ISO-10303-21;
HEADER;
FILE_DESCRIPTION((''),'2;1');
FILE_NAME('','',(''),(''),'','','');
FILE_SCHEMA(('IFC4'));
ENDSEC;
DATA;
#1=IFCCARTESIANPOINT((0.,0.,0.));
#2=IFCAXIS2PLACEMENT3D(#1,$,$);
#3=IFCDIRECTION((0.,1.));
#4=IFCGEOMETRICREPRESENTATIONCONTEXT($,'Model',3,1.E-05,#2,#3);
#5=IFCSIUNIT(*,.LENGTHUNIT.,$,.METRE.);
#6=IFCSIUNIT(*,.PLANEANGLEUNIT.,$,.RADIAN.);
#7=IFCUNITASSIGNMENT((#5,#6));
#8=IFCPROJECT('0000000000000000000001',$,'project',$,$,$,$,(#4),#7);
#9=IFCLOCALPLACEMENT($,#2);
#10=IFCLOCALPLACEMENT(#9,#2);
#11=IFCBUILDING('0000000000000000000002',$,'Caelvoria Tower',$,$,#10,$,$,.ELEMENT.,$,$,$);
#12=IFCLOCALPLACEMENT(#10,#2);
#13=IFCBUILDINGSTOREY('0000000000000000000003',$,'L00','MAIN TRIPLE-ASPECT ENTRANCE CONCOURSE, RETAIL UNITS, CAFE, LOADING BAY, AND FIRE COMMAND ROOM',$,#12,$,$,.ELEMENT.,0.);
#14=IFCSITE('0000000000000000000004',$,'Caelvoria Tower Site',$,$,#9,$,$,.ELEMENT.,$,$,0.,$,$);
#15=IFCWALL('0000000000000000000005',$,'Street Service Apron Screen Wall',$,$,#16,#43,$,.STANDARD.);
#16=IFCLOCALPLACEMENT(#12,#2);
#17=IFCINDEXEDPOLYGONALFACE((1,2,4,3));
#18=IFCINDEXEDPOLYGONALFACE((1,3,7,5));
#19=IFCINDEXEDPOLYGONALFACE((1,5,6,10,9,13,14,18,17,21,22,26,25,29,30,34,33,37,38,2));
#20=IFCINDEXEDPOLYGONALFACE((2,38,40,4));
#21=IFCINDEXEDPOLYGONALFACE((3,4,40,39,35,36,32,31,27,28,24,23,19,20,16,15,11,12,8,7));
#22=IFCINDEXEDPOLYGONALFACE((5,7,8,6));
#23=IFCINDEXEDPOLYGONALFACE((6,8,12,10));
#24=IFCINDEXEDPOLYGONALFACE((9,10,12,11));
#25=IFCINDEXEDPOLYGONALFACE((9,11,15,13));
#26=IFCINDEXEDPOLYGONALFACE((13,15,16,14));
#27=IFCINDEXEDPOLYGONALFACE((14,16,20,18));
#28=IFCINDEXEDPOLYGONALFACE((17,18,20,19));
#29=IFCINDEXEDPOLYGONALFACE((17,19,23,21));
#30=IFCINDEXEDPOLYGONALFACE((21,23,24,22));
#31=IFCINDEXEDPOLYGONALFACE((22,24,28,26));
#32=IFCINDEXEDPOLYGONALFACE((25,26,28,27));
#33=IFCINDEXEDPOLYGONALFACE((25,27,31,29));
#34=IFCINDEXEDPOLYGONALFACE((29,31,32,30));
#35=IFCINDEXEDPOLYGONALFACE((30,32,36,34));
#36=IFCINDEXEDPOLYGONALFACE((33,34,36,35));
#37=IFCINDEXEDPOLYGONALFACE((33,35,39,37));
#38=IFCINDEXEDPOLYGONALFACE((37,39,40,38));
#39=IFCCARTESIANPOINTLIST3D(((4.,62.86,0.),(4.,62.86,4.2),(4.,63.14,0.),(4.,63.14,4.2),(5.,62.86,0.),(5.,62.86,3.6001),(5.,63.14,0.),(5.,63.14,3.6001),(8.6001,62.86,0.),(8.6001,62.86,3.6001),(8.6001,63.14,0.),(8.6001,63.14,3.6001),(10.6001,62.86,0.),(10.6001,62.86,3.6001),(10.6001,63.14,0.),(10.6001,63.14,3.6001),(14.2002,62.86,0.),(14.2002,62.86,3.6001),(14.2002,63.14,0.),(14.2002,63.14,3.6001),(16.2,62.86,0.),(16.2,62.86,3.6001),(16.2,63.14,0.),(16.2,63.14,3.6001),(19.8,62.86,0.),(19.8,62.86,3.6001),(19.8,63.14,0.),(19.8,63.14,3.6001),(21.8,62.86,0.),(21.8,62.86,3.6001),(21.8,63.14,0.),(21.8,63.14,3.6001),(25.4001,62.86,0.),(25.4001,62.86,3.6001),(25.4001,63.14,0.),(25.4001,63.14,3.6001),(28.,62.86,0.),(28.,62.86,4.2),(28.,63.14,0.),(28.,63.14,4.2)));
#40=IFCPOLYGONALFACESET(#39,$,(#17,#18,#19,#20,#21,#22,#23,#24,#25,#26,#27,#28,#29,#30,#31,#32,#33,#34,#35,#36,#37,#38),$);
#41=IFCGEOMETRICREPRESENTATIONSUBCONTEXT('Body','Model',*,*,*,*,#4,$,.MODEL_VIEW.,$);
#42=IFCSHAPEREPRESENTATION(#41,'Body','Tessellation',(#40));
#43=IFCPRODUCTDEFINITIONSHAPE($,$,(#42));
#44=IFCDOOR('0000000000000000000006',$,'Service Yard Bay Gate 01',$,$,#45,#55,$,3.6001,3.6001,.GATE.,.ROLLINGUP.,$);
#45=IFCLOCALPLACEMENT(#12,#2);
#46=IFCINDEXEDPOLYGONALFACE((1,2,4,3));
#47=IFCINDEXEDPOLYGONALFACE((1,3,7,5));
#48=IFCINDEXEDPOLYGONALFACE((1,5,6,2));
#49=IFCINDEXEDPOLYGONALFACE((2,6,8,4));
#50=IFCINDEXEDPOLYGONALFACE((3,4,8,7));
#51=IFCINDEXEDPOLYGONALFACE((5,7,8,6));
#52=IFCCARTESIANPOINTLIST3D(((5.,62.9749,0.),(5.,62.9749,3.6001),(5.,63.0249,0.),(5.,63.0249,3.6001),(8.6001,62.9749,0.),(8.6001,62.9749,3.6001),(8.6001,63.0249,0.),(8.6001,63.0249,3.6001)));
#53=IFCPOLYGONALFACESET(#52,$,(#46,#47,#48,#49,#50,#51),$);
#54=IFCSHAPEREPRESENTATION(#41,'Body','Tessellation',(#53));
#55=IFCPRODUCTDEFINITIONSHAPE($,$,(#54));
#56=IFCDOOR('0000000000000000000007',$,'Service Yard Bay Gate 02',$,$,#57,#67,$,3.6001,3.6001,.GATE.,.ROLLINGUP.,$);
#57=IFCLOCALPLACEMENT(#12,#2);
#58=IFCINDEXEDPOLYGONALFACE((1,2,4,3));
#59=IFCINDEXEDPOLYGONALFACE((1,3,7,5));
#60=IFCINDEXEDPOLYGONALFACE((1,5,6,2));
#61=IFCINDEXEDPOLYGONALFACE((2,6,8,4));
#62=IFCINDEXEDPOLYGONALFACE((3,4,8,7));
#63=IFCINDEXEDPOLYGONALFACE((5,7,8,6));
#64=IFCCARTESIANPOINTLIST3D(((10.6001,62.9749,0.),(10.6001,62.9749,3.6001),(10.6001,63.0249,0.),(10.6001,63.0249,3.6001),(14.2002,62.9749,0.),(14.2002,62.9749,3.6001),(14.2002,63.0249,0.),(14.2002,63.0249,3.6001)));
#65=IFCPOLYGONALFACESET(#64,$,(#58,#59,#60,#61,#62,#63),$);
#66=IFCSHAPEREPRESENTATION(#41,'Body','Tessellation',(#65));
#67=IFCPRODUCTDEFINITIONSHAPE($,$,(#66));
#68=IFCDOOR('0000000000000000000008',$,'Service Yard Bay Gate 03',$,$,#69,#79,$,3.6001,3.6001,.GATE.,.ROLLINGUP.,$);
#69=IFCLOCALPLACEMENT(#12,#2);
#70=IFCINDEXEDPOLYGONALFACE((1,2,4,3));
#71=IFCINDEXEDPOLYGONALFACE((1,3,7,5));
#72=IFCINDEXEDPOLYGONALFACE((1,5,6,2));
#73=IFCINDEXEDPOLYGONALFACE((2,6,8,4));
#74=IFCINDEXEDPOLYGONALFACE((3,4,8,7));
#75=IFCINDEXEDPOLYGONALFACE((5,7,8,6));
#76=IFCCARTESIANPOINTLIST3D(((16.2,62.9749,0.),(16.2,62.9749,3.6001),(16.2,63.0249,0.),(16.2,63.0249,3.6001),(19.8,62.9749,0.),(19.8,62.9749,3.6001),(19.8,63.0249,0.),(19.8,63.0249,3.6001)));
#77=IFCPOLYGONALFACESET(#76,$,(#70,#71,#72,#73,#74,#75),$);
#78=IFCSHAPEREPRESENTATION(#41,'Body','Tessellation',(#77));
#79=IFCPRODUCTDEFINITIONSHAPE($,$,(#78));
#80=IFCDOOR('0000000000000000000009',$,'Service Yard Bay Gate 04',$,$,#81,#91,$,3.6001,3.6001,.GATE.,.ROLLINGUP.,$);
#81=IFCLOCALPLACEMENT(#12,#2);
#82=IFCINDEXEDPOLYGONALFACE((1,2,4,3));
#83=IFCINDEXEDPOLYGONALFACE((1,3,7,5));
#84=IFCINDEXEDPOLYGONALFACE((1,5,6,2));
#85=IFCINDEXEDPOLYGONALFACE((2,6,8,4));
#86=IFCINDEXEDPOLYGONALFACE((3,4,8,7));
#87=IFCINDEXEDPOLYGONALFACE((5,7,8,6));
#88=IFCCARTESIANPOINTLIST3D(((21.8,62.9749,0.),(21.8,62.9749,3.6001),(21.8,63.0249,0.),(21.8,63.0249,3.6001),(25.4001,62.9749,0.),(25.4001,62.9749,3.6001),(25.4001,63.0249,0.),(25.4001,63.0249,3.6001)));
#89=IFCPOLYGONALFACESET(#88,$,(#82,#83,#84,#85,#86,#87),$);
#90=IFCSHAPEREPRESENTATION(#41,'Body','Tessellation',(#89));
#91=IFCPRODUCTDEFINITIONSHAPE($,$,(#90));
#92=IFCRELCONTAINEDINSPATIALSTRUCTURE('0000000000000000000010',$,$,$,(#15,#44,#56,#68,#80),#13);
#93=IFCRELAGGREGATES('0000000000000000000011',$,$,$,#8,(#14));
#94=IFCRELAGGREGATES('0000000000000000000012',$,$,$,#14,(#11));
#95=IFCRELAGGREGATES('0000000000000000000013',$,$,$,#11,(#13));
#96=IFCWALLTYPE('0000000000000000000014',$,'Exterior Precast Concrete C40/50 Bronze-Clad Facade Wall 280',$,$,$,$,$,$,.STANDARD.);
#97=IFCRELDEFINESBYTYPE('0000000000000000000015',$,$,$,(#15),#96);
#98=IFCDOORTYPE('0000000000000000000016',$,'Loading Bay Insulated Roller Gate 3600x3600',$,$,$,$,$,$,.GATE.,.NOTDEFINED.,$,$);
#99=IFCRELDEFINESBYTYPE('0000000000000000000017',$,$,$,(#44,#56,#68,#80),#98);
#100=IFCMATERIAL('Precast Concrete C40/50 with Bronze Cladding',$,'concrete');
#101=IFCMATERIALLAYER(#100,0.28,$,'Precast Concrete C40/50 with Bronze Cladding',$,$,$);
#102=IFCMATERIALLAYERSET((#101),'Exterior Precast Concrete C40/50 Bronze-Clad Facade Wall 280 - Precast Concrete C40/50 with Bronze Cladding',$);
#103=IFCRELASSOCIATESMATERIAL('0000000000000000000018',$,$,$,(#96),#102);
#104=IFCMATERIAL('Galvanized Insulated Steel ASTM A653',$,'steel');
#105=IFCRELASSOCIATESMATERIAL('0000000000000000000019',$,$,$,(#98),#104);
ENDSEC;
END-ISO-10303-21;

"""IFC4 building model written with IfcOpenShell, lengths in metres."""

from ifc_helpers import new_model, si_unit, direction, frame, frame_2d, origin, place, context, subcontext, project, spatial, rectangle, extrude, material, layer, layer_set, type_object, element, fill, save


model = new_model("IFC4")

# Units and contexts
model_context = context("Model", 3, precision=1e-05, world=origin(), true_north=direction((0.0, 1.0)))
body_context = subcontext(model_context, "Body", "Model", "MODEL_VIEW")
ifc_project = project(units=[si_unit("LENGTHUNIT", "METRE"), si_unit("PLANEANGLEUNIT", "RADIAN")], contexts=[model_context])

# Site, building, storey
site_placement = place(None, origin())
site = spatial("IfcSite", under=ifc_project, at=site_placement, Name="Caelvoria Tower Site", CompositionType="ELEMENT", RefElevation=0.0)
building_placement = place(site_placement, origin())
building = spatial("IfcBuilding", under=site, at=building_placement, Name="Caelvoria Tower", CompositionType="ELEMENT")
storey_placement = place(building_placement, origin())
storey = spatial("IfcBuildingStorey", under=building, at=storey_placement, Name="L00", Description="MAIN TRIPLE-ASPECT ENTRANCE CONCOURSE, RETAIL UNITS, CAFE, LOADING BAY, AND FIRE COMMAND ROOM", CompositionType="ELEMENT", Elevation=0.0)

# Wall, openings, doors
ifc_material_1 = material(Name="Precast Concrete C40/50 with Bronze Cladding", Category="concrete")
ifc_layer_1 = layer(ifc_material_1, 0.28, Name="Precast Concrete C40/50 with Bronze Cladding")
ifc_layer_set_1 = layer_set([ifc_layer_1], Name="Exterior Precast Concrete C40/50 Bronze-Clad Facade Wall 280 - Precast Concrete C40/50 with Bronze Cladding")
wall_type = type_object("IfcWallType", Name="Exterior Precast Concrete C40/50 Bronze-Clad Facade Wall 280", PredefinedType="STANDARD", material=ifc_layer_set_1)
wall_placement = place(storey_placement, frame((4.0, 63.0, 0.0), z_axis=(0.0, 0.0, 1.0), x_axis=(1.0, 0.0, 0.0)))
wall = element("IfcWall", 1, at=wall_placement, inside=storey, type_object=wall_type, Name="Street Service Apron Screen Wall", PredefinedType="STANDARD", context=body_context, shape_type="SweptSolid", body=[
    extrude(rectangle(XDim=24.0, YDim=0.28, at=frame_2d((12.0, 0.0))), origin(), (0.0, 0.0, 1.0), 4.2),
])
opening_1_placement = place(wall_placement, frame((1.0, 0.0, 0.0)))
opening_1 = element("IfcOpeningElement", 2, at=opening_1_placement, cuts=wall, PredefinedType="OPENING", context=body_context, shape_type="SweptSolid", body=[
    extrude(rectangle(XDim=3.6001, YDim=3.6001, at=frame_2d((1.8, 1.8))), frame((0.0, 0.1499, 0.0), z_axis=(0.0, -1.0, 0.0), x_axis=(1.0, 0.0, 0.0)), (0.0, 0.0, 1.0), 0.3),
])
opening_2_placement = place(wall_placement, frame((6.6001, 0.0, 0.0)))
opening_2 = element("IfcOpeningElement", 3, at=opening_2_placement, cuts=wall, PredefinedType="OPENING", context=body_context, shape_type="SweptSolid", body=[
    extrude(rectangle(XDim=3.6001, YDim=3.6001, at=frame_2d((1.8, 1.8))), frame((0.0, 0.1499, 0.0), z_axis=(0.0, -1.0, 0.0), x_axis=(1.0, 0.0, 0.0)), (0.0, 0.0, 1.0), 0.3),
])
opening_3_placement = place(wall_placement, frame((12.2, 0.0, 0.0)))
opening_3 = element("IfcOpeningElement", 4, at=opening_3_placement, cuts=wall, PredefinedType="OPENING", context=body_context, shape_type="SweptSolid", body=[
    extrude(rectangle(XDim=3.6001, YDim=3.6001, at=frame_2d((1.8, 1.8))), frame((0.0, 0.1499, 0.0), z_axis=(0.0, -1.0, 0.0), x_axis=(1.0, 0.0, 0.0)), (0.0, 0.0, 1.0), 0.3),
])
opening_4_placement = place(wall_placement, frame((17.8, 0.0, 0.0)))
opening_4 = element("IfcOpeningElement", 5, at=opening_4_placement, cuts=wall, PredefinedType="OPENING", context=body_context, shape_type="SweptSolid", body=[
    extrude(rectangle(XDim=3.6001, YDim=3.6001, at=frame_2d((1.8, 1.8))), frame((0.0, 0.1499, 0.0), z_axis=(0.0, -1.0, 0.0), x_axis=(1.0, 0.0, 0.0)), (0.0, 0.0, 1.0), 0.3),
])
ifc_material_2 = material(Name="Galvanized Insulated Steel ASTM A653", Category="steel")
door_type = type_object("IfcDoorType", Name="Loading Bay Insulated Roller Gate 3600x3600", OperationType="NOTDEFINED", PredefinedType="GATE", material=ifc_material_2)
door_1_placement = place(opening_1_placement, origin())
door_1 = element("IfcDoor", 6, at=door_1_placement, inside=storey, type_object=door_type, Name="Service Yard Bay Gate 01", OperationType="ROLLINGUP", OverallHeight=3.6001, OverallWidth=3.6001, PredefinedType="GATE", context=body_context, shape_type="SweptSolid", body=[
    extrude(rectangle(XDim=3.6001, YDim=3.6001, at=frame_2d((1.8, 1.8))), frame((0.0, 0.0249, 0.0), z_axis=(0.0, -1.0, 0.0), x_axis=(1.0, 0.0, 0.0)), (0.0, 0.0, 1.0), 0.05),
])
fill(opening_1, door_1)
door_2_placement = place(opening_2_placement, origin())
door_2 = element("IfcDoor", 7, at=door_2_placement, inside=storey, type_object=door_type, Name="Service Yard Bay Gate 02", OperationType="ROLLINGUP", OverallHeight=3.6001, OverallWidth=3.6001, PredefinedType="GATE", context=body_context, shape_type="SweptSolid", body=[
    extrude(rectangle(XDim=3.6001, YDim=3.6001, at=frame_2d((1.8, 1.8))), frame((0.0, 0.0249, 0.0), z_axis=(0.0, -1.0, 0.0), x_axis=(1.0, 0.0, 0.0)), (0.0, 0.0, 1.0), 0.05),
])
fill(opening_2, door_2)
door_3_placement = place(opening_3_placement, origin())
door_3 = element("IfcDoor", 8, at=door_3_placement, inside=storey, type_object=door_type, Name="Service Yard Bay Gate 03", OperationType="ROLLINGUP", OverallHeight=3.6001, OverallWidth=3.6001, PredefinedType="GATE", context=body_context, shape_type="SweptSolid", body=[
    extrude(rectangle(XDim=3.6001, YDim=3.6001, at=frame_2d((1.8, 1.8))), frame((0.0, 0.0249, 0.0), z_axis=(0.0, -1.0, 0.0), x_axis=(1.0, 0.0, 0.0)), (0.0, 0.0, 1.0), 0.05),
])
fill(opening_3, door_3)
door_4_placement = place(opening_4_placement, origin())
door_4 = element("IfcDoor", 9, at=door_4_placement, inside=storey, type_object=door_type, Name="Service Yard Bay Gate 04", OperationType="ROLLINGUP", OverallHeight=3.6001, OverallWidth=3.6001, PredefinedType="GATE", context=body_context, shape_type="SweptSolid", body=[
    extrude(rectangle(XDim=3.6001, YDim=3.6001, at=frame_2d((1.8, 1.8))), frame((0.0, 0.0249, 0.0), z_axis=(0.0, -1.0, 0.0), x_axis=(1.0, 0.0, 0.0)), (0.0, 0.0, 1.0), 0.05),
])
fill(opening_4, door_4)

save(model, "model.ifc")
